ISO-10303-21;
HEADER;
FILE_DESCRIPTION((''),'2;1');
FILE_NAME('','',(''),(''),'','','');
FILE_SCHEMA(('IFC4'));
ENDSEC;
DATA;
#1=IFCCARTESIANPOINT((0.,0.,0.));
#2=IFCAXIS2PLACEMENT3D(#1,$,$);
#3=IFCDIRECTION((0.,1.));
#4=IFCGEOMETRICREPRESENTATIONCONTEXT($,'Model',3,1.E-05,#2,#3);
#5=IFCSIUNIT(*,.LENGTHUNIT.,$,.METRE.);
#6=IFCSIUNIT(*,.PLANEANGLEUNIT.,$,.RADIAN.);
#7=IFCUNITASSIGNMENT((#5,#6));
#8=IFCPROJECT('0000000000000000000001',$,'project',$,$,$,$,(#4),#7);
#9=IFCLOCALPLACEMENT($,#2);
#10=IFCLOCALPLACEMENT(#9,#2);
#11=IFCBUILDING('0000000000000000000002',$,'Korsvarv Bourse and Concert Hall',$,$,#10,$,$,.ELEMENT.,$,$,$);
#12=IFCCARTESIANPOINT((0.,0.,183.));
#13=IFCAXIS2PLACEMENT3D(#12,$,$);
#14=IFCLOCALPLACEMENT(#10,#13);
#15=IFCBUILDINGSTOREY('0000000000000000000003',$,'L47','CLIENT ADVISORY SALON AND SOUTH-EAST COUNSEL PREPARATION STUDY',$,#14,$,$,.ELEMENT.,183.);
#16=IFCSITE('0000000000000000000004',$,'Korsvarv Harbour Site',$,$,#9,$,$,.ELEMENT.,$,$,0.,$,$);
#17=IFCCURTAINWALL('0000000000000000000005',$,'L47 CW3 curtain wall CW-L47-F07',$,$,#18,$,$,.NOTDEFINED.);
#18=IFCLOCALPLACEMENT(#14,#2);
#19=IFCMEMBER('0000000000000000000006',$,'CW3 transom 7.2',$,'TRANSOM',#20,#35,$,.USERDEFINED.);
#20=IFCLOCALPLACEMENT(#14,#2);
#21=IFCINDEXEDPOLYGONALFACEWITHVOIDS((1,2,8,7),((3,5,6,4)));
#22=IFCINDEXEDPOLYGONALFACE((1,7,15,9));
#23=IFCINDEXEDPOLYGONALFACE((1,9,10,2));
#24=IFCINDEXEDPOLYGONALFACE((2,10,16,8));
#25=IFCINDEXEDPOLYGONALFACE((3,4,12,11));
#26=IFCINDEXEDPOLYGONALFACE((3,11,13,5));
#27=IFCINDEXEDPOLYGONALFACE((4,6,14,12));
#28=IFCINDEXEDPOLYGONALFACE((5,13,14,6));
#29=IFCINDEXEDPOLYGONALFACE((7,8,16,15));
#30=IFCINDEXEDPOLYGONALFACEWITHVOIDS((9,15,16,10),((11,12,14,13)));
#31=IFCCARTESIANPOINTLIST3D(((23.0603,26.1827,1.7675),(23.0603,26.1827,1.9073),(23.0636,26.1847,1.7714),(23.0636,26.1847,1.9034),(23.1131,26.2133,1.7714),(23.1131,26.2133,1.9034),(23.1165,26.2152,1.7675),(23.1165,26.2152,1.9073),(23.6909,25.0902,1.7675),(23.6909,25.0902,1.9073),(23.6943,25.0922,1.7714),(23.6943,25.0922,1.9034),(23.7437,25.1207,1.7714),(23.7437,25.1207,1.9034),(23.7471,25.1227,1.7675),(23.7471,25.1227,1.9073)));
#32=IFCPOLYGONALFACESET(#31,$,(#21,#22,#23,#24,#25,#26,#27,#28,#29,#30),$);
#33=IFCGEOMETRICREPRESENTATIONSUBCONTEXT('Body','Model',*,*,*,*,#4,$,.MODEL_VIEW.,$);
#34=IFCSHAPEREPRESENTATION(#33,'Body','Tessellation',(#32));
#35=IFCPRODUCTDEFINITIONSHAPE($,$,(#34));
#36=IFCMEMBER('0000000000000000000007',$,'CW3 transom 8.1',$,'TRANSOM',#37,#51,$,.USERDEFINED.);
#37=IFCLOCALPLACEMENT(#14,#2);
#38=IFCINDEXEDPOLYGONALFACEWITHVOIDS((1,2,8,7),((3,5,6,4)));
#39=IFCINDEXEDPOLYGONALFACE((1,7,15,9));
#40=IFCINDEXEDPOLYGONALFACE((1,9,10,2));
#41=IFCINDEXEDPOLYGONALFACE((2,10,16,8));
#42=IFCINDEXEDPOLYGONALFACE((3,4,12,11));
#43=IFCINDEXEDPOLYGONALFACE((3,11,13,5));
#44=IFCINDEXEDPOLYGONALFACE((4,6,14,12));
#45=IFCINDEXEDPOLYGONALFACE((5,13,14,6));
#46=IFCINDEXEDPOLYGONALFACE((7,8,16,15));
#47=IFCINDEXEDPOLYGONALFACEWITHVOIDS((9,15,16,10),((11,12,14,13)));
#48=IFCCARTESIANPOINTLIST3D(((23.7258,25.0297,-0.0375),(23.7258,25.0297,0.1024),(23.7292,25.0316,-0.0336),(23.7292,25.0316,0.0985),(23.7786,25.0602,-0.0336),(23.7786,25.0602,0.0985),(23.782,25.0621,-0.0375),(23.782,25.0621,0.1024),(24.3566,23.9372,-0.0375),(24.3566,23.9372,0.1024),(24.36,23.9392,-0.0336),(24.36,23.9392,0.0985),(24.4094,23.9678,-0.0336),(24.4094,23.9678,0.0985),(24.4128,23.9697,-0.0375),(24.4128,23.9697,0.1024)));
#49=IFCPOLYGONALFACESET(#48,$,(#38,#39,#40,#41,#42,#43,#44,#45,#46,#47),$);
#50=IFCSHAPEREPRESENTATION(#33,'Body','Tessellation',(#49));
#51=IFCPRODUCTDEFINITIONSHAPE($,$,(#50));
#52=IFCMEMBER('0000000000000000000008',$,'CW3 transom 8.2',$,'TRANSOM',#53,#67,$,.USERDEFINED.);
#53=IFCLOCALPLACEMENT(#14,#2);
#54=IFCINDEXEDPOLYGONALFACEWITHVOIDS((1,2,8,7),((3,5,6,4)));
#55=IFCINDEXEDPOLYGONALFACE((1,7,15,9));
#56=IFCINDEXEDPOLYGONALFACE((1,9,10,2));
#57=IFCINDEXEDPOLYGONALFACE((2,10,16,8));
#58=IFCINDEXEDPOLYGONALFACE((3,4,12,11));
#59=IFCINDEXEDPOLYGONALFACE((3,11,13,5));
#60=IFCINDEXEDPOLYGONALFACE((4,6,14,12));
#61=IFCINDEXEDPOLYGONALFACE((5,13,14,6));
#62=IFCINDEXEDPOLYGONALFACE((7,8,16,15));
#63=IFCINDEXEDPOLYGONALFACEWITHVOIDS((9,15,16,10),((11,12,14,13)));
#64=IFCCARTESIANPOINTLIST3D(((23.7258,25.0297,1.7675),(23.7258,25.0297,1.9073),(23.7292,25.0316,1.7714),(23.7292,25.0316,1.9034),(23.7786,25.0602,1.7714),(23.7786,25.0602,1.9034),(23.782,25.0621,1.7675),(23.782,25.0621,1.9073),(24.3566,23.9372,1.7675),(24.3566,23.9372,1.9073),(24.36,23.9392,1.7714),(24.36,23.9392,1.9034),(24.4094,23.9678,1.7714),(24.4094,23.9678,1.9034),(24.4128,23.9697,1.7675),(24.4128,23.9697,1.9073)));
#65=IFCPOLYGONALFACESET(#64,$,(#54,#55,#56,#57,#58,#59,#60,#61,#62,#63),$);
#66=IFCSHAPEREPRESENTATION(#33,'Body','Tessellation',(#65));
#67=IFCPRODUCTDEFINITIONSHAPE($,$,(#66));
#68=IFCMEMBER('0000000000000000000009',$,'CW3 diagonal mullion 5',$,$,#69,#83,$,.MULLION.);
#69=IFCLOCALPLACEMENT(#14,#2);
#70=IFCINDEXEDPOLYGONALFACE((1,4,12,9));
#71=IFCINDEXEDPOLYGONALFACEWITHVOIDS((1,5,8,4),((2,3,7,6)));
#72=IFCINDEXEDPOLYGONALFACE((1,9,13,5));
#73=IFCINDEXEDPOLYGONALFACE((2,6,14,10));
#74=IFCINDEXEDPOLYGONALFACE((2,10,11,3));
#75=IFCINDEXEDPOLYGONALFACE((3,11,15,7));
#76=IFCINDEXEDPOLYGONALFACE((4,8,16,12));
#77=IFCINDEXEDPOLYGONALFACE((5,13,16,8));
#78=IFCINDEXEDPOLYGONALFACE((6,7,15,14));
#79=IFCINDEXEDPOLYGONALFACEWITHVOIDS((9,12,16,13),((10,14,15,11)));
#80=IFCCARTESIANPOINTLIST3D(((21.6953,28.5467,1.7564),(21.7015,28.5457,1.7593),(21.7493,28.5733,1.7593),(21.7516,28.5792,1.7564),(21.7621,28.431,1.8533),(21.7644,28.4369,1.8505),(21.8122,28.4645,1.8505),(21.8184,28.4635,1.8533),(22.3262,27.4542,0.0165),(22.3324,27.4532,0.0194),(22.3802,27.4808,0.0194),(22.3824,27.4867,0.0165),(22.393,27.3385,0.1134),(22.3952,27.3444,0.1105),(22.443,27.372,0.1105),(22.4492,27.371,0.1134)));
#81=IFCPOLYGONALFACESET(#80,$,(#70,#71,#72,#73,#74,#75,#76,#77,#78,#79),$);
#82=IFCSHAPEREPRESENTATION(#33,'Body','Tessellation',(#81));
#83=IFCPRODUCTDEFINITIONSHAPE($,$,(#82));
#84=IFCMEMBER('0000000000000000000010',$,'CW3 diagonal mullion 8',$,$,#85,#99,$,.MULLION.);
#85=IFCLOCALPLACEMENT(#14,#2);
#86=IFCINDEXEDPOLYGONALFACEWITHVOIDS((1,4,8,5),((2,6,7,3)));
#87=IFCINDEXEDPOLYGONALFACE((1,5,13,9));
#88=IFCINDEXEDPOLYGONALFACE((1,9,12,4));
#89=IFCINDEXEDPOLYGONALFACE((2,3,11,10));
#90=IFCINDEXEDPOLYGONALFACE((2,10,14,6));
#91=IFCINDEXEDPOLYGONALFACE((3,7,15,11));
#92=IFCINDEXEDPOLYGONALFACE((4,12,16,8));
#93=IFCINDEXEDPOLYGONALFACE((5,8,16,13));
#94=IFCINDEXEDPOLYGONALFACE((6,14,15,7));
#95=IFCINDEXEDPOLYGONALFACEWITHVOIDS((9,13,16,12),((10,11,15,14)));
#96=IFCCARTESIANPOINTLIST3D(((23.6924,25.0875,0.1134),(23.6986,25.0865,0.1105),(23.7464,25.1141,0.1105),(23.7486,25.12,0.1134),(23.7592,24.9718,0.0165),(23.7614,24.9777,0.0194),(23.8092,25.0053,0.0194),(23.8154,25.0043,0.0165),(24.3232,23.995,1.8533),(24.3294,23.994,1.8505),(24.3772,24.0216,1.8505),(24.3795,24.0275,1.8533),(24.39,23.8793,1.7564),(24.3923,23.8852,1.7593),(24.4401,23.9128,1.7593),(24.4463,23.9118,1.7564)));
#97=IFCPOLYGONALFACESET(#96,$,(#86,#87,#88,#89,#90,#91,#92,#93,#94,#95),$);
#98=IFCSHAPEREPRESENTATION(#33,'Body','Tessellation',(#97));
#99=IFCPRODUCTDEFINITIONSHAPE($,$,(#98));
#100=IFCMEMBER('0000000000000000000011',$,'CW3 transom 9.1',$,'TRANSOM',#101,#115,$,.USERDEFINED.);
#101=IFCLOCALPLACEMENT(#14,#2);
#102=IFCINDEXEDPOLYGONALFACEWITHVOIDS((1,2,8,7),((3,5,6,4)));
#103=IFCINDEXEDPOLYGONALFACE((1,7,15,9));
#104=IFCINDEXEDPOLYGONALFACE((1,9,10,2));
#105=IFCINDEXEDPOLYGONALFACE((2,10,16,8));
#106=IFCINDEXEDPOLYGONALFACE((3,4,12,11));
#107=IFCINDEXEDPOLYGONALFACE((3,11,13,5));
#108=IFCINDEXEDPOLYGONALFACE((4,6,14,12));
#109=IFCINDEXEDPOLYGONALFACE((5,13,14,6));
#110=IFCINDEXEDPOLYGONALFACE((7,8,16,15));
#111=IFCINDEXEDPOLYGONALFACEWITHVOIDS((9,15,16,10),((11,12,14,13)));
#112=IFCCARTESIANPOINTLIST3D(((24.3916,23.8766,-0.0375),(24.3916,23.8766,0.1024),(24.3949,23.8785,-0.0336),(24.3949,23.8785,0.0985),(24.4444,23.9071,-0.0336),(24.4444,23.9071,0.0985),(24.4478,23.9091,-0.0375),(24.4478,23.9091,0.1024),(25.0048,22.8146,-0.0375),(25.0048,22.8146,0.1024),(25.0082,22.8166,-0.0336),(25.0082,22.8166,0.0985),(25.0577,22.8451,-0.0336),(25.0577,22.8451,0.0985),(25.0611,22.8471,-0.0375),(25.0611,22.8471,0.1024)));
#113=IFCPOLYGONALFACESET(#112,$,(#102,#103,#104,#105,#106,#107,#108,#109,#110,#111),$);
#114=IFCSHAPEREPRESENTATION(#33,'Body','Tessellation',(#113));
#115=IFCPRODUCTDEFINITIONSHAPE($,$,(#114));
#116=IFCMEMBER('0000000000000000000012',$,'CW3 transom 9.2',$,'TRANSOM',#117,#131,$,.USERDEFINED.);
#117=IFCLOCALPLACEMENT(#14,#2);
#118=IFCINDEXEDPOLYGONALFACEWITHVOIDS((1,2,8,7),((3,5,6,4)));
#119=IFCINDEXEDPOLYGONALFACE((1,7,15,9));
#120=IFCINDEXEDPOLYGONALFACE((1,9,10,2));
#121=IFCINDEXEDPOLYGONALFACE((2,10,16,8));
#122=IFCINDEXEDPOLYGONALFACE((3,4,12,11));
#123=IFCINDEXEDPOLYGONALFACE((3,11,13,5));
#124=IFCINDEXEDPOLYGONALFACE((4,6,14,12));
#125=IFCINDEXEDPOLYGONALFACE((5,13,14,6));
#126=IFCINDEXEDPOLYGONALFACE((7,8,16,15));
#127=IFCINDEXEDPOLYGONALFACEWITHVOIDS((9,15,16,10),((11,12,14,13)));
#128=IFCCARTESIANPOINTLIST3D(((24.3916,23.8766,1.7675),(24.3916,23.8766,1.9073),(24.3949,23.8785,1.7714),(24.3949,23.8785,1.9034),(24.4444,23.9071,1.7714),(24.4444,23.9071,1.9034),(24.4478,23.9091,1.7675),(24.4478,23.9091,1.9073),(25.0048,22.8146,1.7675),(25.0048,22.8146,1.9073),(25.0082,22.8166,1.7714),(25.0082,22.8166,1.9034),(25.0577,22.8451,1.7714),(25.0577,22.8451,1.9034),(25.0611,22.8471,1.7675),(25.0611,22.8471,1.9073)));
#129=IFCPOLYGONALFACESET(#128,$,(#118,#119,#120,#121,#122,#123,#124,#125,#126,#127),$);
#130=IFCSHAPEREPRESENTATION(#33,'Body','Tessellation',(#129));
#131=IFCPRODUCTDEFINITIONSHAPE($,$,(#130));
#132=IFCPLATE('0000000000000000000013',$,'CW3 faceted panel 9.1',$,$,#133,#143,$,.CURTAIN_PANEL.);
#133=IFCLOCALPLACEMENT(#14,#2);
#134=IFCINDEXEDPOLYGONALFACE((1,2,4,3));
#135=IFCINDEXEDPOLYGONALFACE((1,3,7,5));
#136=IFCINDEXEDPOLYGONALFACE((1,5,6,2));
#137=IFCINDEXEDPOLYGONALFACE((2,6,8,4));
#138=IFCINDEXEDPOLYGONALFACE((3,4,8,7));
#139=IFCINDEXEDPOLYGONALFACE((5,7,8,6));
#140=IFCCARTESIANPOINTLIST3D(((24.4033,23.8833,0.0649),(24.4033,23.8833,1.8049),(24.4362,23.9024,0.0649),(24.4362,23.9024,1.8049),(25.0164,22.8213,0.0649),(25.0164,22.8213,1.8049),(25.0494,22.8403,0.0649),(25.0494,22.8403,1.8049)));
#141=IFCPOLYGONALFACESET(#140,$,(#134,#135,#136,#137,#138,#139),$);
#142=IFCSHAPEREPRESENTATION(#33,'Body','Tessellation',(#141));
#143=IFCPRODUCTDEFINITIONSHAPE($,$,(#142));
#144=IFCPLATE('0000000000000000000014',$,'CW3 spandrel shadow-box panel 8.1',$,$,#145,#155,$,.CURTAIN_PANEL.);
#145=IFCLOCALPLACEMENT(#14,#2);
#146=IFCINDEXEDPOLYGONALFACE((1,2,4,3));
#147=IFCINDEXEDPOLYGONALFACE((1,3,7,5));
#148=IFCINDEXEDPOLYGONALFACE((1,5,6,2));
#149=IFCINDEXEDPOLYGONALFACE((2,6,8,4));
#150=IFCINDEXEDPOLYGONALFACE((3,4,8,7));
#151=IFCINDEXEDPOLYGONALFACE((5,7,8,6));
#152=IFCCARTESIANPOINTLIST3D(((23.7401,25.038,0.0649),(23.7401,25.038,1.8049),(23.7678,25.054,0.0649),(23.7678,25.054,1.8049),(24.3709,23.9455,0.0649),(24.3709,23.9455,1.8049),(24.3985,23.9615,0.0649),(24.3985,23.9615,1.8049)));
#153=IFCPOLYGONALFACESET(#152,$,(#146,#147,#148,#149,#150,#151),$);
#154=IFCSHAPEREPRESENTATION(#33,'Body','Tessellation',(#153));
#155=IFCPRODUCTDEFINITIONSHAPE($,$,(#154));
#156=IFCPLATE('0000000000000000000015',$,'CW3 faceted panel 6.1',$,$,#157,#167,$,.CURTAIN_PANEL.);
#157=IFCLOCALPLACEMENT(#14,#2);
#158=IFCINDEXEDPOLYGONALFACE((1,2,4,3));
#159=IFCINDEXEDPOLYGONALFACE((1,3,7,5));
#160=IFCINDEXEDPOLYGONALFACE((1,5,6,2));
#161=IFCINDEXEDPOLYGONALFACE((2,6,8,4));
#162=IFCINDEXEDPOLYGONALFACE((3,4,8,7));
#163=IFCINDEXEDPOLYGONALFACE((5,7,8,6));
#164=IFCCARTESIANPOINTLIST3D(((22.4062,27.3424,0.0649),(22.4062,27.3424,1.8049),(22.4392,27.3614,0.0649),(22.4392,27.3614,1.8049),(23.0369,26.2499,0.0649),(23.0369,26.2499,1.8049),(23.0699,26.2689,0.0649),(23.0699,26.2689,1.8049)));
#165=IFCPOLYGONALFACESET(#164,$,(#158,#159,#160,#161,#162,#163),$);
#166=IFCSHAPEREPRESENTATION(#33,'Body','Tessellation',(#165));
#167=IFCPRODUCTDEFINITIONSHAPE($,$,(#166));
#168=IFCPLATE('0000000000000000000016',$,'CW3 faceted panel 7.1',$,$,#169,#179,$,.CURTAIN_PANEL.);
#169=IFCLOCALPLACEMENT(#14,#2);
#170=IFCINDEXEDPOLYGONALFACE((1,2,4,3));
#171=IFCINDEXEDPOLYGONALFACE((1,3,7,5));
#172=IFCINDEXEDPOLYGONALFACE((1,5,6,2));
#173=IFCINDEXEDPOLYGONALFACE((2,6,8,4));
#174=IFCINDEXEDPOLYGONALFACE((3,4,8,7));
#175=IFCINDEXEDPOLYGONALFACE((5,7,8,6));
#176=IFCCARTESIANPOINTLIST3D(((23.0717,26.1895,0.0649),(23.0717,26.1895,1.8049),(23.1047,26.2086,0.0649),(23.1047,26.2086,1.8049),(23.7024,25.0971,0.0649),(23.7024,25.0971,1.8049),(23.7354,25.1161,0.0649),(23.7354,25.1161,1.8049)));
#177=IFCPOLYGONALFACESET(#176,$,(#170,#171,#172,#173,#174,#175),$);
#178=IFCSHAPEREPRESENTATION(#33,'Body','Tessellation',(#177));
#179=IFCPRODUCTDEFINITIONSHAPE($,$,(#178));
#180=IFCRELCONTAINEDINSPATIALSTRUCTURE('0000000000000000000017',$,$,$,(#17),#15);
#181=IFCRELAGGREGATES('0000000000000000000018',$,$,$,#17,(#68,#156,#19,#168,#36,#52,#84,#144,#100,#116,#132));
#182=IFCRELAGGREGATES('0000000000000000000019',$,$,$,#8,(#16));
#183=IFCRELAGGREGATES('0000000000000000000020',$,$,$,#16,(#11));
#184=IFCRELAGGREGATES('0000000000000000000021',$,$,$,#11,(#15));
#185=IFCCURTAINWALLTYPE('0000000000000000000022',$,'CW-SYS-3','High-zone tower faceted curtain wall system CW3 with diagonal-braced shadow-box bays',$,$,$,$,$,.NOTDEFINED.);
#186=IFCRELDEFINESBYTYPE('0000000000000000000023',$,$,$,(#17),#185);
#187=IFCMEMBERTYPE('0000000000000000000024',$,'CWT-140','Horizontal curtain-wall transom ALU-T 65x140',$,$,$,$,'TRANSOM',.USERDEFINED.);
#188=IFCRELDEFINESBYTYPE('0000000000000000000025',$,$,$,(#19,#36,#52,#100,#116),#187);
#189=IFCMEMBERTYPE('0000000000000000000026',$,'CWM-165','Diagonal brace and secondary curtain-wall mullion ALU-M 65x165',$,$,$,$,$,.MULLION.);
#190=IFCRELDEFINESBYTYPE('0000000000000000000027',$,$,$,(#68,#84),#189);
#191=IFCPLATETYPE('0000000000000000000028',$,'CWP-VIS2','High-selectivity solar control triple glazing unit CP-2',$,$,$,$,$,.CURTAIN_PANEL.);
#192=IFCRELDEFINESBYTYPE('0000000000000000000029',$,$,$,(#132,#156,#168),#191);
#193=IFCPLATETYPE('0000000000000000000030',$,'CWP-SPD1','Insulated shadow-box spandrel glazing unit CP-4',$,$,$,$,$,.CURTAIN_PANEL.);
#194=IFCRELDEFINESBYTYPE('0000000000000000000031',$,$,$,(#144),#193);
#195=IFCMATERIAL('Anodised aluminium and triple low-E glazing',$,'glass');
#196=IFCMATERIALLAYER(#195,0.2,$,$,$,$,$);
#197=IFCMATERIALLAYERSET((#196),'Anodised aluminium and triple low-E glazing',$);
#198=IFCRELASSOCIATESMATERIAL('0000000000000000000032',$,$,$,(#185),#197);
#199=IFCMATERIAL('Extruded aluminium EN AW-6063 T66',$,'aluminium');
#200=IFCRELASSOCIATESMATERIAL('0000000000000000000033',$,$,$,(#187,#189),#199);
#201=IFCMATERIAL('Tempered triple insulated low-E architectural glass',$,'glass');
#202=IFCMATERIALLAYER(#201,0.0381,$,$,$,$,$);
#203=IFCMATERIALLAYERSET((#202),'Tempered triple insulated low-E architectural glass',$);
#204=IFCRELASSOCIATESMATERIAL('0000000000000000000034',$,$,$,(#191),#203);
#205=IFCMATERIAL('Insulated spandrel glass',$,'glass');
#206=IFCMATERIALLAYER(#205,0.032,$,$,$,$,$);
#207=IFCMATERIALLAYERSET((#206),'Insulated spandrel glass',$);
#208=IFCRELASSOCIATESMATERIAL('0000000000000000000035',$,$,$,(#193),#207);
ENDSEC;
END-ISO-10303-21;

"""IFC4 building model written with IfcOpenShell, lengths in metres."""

from ifc_helpers import new_model, si_unit, direction, frame, origin, origin_2d, place, context, subcontext, project, spatial, rectangle, hollow_rectangle, extrude, source, transform, mapped, material, layer, layer_set, material_profile, profile_set, type_object, element, aggregate, save


model = new_model("IFC4")

# Units and contexts
model_context = context("Model", 3, precision=1e-05, world=origin(), true_north=direction((0.0, 1.0)))
body_context = subcontext(model_context, "Body", "Model", "MODEL_VIEW")
ifc_project = project(units=[si_unit("LENGTHUNIT", "METRE"), si_unit("PLANEANGLEUNIT", "RADIAN")], contexts=[model_context])

# Site, building, storey
site_placement = place(None, origin())
site = spatial("IfcSite", under=ifc_project, at=site_placement, Name="Korsvarv Harbour Site", CompositionType="ELEMENT", RefElevation=0.0)
building_placement = place(site_placement, origin())
building = spatial("IfcBuilding", under=site, at=building_placement, Name="Korsvarv Bourse and Concert Hall", CompositionType="ELEMENT")
storey_placement = place(building_placement, frame((0.0, 0.0, 183.0)))
storey = spatial("IfcBuildingStorey", under=building, at=storey_placement, Name="L47", Description="CLIENT ADVISORY SALON AND SOUTH-EAST COUNSEL PREPARATION STUDY", CompositionType="ELEMENT", Elevation=183.0)

# Curtain wall, members, plates
ifc_material_1 = material(Name="Anodised aluminium and triple low-E glazing", Category="glass")
ifc_layer_1 = layer(ifc_material_1, 0.2)
ifc_layer_set_1 = layer_set([ifc_layer_1], Name="Anodised aluminium and triple low-E glazing")
curtain_wall_type = type_object("IfcCurtainWallType", Name="CW-SYS-3", Description="High-zone tower faceted curtain wall system CW3 with diagonal-braced shadow-box bays", PredefinedType="NOTDEFINED", material=ifc_layer_set_1)
curtain_wall_placement = place(storey_placement, origin())
curtain_wall = element("IfcCurtainWall", 1, at=curtain_wall_placement, inside=storey, type_object=curtain_wall_type, Name="L47 CW3 curtain wall CW-L47-F07", PredefinedType="NOTDEFINED")
ifc_material_2 = material(Name="Extruded aluminium EN AW-6063 T66", Category="aluminium")
ifc_material_profile_1 = material_profile(ifc_material_2, hollow_rectangle(XDim=0.0649, YDim=0.1399, WallThickness=0.0039, at=origin_2d()), Name="ALU-T 65x140")
ifc_profile_set_1 = profile_set([ifc_material_profile_1], Name="Extruded aluminium EN AW-6063 T66")
member_type_1 = type_object("IfcMemberType", Name="CWT-140", Description="Horizontal curtain-wall transom ALU-T 65x140", ElementType="TRANSOM", PredefinedType="USERDEFINED", material=ifc_profile_set_1)
shared_shape_1 = source(origin(), body_context, "Body", "SweptSolid", [
    extrude(hollow_rectangle(XDim=0.0649, YDim=0.1399, WallThickness=0.0039, at=origin_2d()), origin(), (0.0, 0.0, 1.0), 1.2615),
])
member_1_placement = place(storey_placement, frame((23.0884, 26.199, 1.8374), z_axis=(0.499907, -0.866079, 0.0), x_axis=(0.866079, 0.499907, 0.0)))
member_1 = element("IfcMember", 2, at=member_1_placement, type_object=member_type_1, Name="CW3 transom 7.2", ObjectType="TRANSOM", PredefinedType="USERDEFINED", context=body_context, shape_type="MappedRepresentation", body=[
    mapped(shared_shape_1, transform((0.0, 0.0, 0.0), scale=1.0)),
])
member_2_placement = place(storey_placement, frame((23.7539, 25.0459, 0.0325), z_axis=(0.500052, -0.865995, 0.0), x_axis=(0.865995, 0.500052, 0.0)))
member_2 = element("IfcMember", 3, at=member_2_placement, type_object=member_type_1, Name="CW3 transom 8.1", ObjectType="TRANSOM", PredefinedType="USERDEFINED", context=body_context, shape_type="MappedRepresentation", body=[
    mapped(shared_shape_1, transform((0.0, 0.0, 0.0), scale=1.0)),
])
member_3_placement = place(storey_placement, frame((23.7539, 25.0459, 1.8374), z_axis=(0.500052, -0.865995, 0.0), x_axis=(0.865995, 0.500052, 0.0)))
member_3 = element("IfcMember", 4, at=member_3_placement, type_object=member_type_1, Name="CW3 transom 8.2", ObjectType="TRANSOM", PredefinedType="USERDEFINED", context=body_context, shape_type="MappedRepresentation", body=[
    mapped(shared_shape_1, transform((0.0, 0.0, 0.0), scale=1.0)),
])
ifc_material_profile_2 = material_profile(ifc_material_2, hollow_rectangle(XDim=0.0649, YDim=0.165, WallThickness=0.0049, at=origin_2d()), Name="ALU-M 65x165")
ifc_profile_set_2 = profile_set([ifc_material_profile_2], Name="Extruded aluminium EN AW-6063 T66")
member_type_2 = type_object("IfcMemberType", Name="CWM-165", Description="Diagonal brace and secondary curtain-wall mullion ALU-M 65x165", PredefinedType="MULLION", material=ifc_profile_set_2)
shared_shape_2 = source(origin(), body_context, "Body", "SweptSolid", [
    extrude(hollow_rectangle(XDim=0.0649, YDim=0.165, WallThickness=0.0049, at=origin_2d()), origin(), (0.0, 0.0, 1.0), 2.1492),
])
member_4_placement = place(storey_placement, frame((22.3877, 27.4126, 0.0649), z_axis=(-0.293529, 0.508336, 0.809589), x_axis=(-0.865995, -0.500052, 0.0)))
member_4 = element("IfcMember", 5, at=member_4_placement, type_object=member_type_2, Name="CW3 diagonal mullion 5", PredefinedType="MULLION", context=body_context, shape_type="MappedRepresentation", body=[
    mapped(shared_shape_2, transform((0.0, 0.0, 0.0), scale=1.0)),
])
member_5_placement = place(storey_placement, frame((23.7539, 25.0459, 0.0649), z_axis=(0.293529, -0.508336, 0.809589), x_axis=(0.865995, 0.500052, 0.0)))
member_5 = element("IfcMember", 6, at=member_5_placement, type_object=member_type_2, Name="CW3 diagonal mullion 8", PredefinedType="MULLION", context=body_context, shape_type="MappedRepresentation", body=[
    mapped(shared_shape_2, transform((0.0, 0.0, 0.0), scale=1.0)),
])
shared_shape_3 = source(origin(), body_context, "Body", "SweptSolid", [
    extrude(hollow_rectangle(XDim=0.0649, YDim=0.1399, WallThickness=0.0039, at=origin_2d()), origin(), (0.0, 0.0, 1.0), 1.2263),
])
member_6_placement = place(storey_placement, frame((24.4197, 23.8928, 0.0325), z_axis=(0.500079, -0.86598, 0.0), x_axis=(0.86598, 0.500079, 0.0)))
member_6 = element("IfcMember", 7, at=member_6_placement, type_object=member_type_1, Name="CW3 transom 9.1", ObjectType="TRANSOM", PredefinedType="USERDEFINED", context=body_context, shape_type="MappedRepresentation", body=[
    mapped(shared_shape_3, transform((0.0, 0.0, 0.0), scale=1.0)),
])
member_7_placement = place(storey_placement, frame((24.4197, 23.8928, 1.8374), z_axis=(0.500079, -0.86598, 0.0), x_axis=(0.86598, 0.500079, 0.0)))
member_7 = element("IfcMember", 8, at=member_7_placement, type_object=member_type_1, Name="CW3 transom 9.2", ObjectType="TRANSOM", PredefinedType="USERDEFINED", context=body_context, shape_type="MappedRepresentation", body=[
    mapped(shared_shape_3, transform((0.0, 0.0, 0.0), scale=1.0)),
])
ifc_material_3 = material(Name="Tempered triple insulated low-E architectural glass", Category="glass")
ifc_layer_2 = layer(ifc_material_3, 0.0381)
ifc_layer_set_2 = layer_set([ifc_layer_2], Name="Tempered triple insulated low-E architectural glass")
plate_type_1 = type_object("IfcPlateType", Name="CWP-VIS2", Description="High-selectivity solar control triple glazing unit CP-2", PredefinedType="CURTAIN_PANEL", material=ifc_layer_set_2)
shared_shape_4 = source(origin(), body_context, "Body", "SweptSolid", [
    extrude(rectangle(XDim=1.2263, YDim=0.0381, at=origin_2d()), origin(), (0.0, 0.0, 1.0), 1.74),
])
plate_1_placement = place(storey_placement, frame((24.7263, 23.3618, 0.0649), z_axis=(0.0, 0.0, 1.0), x_axis=(0.499994, -0.866029, 0.0)))
plate_1 = element("IfcPlate", 9, at=plate_1_placement, type_object=plate_type_1, Name="CW3 faceted panel 9.1", PredefinedType="CURTAIN_PANEL", context=body_context, shape_type="MappedRepresentation", body=[
    mapped(shared_shape_4, transform((0.0, 0.0, 0.0), scale=1.0)),
])
ifc_material_4 = material(Name="Insulated spandrel glass", Category="glass")
ifc_layer_3 = layer(ifc_material_4, 0.032)
ifc_layer_set_3 = layer_set([ifc_layer_3], Name="Insulated spandrel glass")
plate_type_2 = type_object("IfcPlateType", Name="CWP-SPD1", Description="Insulated shadow-box spandrel glazing unit CP-4", PredefinedType="CURTAIN_PANEL", material=ifc_layer_set_3)
shared_shape_5 = source(origin(), body_context, "Body", "SweptSolid", [
    extrude(rectangle(XDim=1.2615, YDim=0.032, at=origin_2d()), origin(), (0.0, 0.0, 1.0), 1.74),
])
plate_2_placement = place(storey_placement, frame((24.0693, 24.4998, 0.0649), z_axis=(0.0, 0.0, 1.0), x_axis=(0.499994, -0.866029, 0.0)))
plate_2 = element("IfcPlate", 10, at=plate_2_placement, type_object=plate_type_2, Name="CW3 spandrel shadow-box panel 8.1", PredefinedType="CURTAIN_PANEL", context=body_context, shape_type="MappedRepresentation", body=[
    mapped(shared_shape_5, transform((0.0, 0.0, 0.0), scale=1.0)),
])
shared_shape_6 = source(origin(), body_context, "Body", "SweptSolid", [
    extrude(rectangle(XDim=1.2615, YDim=0.0381, at=origin_2d()), origin(), (0.0, 0.0, 1.0), 1.74),
])
plate_3_placement = place(storey_placement, frame((22.738, 26.8057, 0.0649), z_axis=(0.0, 0.0, 1.0), x_axis=(0.499994, -0.866029, 0.0)))
plate_3 = element("IfcPlate", 11, at=plate_3_placement, type_object=plate_type_1, Name="CW3 faceted panel 6.1", PredefinedType="CURTAIN_PANEL", context=body_context, shape_type="MappedRepresentation", body=[
    mapped(shared_shape_6, transform((0.0, 0.0, 0.0), scale=1.0)),
])
plate_4_placement = place(storey_placement, frame((23.4036, 25.6528, 0.0649), z_axis=(0.0, 0.0, 1.0), x_axis=(0.499994, -0.866029, 0.0)))
plate_4 = element("IfcPlate", 12, at=plate_4_placement, type_object=plate_type_1, Name="CW3 faceted panel 7.1", PredefinedType="CURTAIN_PANEL", context=body_context, shape_type="MappedRepresentation", body=[
    mapped(shared_shape_6, transform((0.0, 0.0, 0.0), scale=1.0)),
])
aggregate(curtain_wall, [member_4, plate_3, member_1, plate_4, member_2, member_3, member_5, plate_2, member_6, member_7, plate_1])

save(model, "model.ifc")
